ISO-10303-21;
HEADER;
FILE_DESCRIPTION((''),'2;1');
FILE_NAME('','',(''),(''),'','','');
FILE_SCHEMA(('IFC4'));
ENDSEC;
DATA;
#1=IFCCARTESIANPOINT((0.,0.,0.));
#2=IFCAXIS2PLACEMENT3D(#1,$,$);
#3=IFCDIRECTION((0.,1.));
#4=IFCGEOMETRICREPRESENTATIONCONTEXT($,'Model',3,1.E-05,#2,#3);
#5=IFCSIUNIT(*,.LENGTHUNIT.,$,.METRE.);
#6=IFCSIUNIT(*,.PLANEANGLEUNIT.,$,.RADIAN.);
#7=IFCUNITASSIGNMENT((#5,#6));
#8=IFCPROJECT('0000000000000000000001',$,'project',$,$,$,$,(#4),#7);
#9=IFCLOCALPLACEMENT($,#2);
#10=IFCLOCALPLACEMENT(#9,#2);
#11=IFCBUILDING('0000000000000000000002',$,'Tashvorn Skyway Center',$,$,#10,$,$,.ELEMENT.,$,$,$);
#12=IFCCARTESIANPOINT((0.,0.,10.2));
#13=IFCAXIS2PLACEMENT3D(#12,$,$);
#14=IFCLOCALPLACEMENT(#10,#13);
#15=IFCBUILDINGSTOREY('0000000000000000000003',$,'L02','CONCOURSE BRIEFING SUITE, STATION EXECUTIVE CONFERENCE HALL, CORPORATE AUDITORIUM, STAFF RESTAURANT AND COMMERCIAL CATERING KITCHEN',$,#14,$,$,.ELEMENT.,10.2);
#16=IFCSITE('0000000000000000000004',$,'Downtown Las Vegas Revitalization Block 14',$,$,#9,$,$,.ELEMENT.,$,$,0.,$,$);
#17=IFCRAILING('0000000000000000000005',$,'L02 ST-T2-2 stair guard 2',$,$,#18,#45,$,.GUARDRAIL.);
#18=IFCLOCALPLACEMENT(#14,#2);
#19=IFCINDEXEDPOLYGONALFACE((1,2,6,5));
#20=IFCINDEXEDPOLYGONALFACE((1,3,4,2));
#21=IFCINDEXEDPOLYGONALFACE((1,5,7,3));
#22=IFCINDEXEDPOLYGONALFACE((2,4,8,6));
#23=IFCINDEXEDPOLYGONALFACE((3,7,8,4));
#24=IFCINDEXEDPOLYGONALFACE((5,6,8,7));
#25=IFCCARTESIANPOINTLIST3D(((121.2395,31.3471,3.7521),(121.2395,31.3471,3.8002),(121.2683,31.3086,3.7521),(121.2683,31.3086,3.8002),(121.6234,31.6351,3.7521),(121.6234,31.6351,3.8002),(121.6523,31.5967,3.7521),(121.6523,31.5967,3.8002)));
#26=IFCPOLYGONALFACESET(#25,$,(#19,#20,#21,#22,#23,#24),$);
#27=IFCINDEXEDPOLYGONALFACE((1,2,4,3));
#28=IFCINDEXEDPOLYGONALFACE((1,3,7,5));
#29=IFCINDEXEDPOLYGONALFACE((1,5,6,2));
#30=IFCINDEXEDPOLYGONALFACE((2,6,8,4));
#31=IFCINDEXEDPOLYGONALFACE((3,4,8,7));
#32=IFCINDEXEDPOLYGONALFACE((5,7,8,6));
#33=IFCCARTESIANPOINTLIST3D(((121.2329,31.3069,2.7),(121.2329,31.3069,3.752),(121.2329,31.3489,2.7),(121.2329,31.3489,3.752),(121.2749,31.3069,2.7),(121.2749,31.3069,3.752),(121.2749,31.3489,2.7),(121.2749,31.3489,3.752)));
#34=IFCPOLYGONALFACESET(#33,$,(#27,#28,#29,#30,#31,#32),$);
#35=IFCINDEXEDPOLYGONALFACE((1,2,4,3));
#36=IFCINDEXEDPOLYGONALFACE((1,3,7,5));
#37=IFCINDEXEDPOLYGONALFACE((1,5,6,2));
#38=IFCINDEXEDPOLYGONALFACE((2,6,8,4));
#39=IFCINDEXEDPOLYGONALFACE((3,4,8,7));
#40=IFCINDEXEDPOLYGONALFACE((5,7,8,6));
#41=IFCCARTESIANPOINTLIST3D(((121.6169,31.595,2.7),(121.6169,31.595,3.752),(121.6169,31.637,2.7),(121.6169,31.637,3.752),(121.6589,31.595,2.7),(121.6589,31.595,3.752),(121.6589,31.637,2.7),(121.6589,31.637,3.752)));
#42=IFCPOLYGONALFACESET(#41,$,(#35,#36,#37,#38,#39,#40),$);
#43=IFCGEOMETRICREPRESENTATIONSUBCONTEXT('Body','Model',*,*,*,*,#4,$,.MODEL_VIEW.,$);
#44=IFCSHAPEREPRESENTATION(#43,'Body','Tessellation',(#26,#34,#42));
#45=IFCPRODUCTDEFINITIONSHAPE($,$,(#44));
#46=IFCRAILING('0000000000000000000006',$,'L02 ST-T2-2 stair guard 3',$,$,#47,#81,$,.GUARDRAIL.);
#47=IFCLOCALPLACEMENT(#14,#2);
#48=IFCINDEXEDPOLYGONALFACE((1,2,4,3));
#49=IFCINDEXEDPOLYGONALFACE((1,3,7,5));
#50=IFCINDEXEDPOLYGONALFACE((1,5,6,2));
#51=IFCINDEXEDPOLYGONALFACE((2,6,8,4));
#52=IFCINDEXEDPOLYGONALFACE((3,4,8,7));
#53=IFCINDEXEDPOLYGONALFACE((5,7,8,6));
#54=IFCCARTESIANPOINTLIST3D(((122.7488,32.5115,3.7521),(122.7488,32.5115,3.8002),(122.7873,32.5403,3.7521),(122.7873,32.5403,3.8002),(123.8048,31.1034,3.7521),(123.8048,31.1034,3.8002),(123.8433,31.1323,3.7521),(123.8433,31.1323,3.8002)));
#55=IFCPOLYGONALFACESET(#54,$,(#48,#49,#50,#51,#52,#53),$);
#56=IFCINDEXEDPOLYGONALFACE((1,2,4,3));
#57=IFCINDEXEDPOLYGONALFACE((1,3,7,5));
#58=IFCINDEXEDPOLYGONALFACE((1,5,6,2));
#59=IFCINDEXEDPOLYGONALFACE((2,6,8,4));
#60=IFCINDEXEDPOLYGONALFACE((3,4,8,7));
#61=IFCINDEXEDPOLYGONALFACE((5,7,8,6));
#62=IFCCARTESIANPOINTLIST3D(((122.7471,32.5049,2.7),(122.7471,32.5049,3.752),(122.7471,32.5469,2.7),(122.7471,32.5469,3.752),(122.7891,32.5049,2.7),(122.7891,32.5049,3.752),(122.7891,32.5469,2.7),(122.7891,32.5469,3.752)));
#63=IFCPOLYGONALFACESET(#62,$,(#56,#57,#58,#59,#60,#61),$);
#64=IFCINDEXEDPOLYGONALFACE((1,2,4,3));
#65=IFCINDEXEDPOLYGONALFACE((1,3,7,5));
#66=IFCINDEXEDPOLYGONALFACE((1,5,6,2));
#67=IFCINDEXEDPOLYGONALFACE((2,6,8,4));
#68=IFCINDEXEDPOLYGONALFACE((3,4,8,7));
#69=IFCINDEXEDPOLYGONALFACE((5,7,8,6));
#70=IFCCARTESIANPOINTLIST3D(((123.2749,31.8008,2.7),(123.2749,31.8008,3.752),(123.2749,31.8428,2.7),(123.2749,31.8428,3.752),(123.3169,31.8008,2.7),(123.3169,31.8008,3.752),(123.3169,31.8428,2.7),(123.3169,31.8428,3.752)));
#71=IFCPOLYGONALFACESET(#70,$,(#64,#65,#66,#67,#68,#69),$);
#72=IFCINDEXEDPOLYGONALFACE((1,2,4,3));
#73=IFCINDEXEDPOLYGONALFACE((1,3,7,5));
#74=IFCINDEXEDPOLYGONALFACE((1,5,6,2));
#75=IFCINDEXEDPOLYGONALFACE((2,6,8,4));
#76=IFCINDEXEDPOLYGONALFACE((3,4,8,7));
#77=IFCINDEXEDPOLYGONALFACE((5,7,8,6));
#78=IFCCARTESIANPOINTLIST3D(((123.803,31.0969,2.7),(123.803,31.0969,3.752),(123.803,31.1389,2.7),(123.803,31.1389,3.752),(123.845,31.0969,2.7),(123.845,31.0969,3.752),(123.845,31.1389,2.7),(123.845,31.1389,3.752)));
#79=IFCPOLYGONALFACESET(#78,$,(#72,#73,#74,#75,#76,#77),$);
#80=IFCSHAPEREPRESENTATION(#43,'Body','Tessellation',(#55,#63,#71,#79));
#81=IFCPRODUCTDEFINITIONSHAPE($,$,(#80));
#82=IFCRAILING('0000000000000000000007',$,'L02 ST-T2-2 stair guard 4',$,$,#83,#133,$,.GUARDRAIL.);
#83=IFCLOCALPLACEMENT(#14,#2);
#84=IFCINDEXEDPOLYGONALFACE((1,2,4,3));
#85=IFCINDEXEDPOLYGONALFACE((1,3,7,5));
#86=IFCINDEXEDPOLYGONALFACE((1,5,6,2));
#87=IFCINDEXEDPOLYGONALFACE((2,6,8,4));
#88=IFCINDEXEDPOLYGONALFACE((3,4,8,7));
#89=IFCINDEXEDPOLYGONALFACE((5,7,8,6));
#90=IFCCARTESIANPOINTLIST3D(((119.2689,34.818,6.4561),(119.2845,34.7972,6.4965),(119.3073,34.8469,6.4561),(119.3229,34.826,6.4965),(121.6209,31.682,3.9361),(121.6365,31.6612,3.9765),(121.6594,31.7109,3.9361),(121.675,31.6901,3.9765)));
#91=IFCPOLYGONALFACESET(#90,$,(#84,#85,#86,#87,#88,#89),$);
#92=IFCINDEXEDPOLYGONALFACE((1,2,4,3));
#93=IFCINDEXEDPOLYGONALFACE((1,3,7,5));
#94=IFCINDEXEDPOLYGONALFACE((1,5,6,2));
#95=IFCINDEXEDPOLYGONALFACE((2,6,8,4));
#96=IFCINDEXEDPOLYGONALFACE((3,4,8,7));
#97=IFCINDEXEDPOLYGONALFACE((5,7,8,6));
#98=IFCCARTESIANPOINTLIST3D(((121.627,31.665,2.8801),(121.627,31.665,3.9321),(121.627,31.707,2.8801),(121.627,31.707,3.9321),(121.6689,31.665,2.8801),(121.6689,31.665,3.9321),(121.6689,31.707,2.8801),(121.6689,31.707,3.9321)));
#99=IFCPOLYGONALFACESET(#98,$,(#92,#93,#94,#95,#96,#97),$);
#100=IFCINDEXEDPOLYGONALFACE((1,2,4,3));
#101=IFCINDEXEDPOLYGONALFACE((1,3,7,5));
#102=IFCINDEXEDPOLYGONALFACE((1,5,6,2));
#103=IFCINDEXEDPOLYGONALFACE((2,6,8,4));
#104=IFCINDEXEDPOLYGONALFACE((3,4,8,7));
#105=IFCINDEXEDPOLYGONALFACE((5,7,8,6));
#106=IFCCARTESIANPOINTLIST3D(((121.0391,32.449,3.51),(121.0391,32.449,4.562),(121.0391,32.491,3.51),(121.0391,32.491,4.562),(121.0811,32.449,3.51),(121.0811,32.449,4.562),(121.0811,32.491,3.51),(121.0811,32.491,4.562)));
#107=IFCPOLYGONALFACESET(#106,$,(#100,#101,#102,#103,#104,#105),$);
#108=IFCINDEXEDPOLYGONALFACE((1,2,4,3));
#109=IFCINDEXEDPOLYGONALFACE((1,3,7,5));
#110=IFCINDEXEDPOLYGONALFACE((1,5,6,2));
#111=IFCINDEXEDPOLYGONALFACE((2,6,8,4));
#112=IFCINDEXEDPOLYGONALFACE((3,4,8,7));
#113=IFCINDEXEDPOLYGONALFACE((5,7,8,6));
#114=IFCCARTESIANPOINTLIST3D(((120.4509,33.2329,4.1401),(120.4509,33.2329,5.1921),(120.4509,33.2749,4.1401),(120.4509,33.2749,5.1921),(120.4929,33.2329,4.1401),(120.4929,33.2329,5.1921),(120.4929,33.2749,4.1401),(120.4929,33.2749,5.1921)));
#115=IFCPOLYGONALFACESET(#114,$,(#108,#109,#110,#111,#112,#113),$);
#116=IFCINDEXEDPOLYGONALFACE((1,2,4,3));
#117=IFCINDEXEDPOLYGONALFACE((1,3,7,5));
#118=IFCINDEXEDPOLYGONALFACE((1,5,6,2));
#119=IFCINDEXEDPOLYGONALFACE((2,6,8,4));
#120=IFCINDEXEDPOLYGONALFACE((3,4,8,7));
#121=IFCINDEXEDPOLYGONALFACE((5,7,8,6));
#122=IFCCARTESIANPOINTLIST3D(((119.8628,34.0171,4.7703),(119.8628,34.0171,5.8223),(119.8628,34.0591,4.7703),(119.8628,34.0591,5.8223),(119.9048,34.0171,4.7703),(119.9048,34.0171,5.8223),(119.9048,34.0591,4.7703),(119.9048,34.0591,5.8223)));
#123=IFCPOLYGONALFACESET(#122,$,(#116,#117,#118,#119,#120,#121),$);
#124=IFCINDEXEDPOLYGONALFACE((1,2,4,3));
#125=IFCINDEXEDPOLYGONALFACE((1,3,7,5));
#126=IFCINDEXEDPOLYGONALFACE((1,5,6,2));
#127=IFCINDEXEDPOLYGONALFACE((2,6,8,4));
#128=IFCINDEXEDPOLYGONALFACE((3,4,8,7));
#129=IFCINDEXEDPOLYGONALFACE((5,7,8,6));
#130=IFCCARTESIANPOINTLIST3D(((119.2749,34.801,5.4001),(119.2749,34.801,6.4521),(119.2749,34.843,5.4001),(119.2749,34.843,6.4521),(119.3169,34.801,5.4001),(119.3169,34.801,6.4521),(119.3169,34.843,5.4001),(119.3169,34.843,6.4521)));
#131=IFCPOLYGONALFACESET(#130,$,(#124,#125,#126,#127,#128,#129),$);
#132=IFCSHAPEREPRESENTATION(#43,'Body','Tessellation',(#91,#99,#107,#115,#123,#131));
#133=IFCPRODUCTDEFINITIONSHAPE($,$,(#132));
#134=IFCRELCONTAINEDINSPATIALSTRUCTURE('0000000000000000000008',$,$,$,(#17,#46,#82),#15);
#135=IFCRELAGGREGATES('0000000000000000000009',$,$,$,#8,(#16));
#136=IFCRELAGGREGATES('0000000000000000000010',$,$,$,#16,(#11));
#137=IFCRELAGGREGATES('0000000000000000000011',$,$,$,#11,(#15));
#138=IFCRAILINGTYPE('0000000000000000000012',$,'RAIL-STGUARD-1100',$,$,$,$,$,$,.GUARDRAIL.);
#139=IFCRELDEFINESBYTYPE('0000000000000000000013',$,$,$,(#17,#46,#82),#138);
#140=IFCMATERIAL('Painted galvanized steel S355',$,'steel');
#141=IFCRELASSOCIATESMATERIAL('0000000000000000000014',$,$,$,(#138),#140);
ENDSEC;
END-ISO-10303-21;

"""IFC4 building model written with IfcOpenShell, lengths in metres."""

from ifc_helpers import new_model, si_unit, direction, frame, origin, origin_2d, place, context, subcontext, project, spatial, rectangle, extrude, material, type_object, element, save


model = new_model("IFC4")

# Units and contexts
model_context = context("Model", 3, precision=1e-05, world=origin(), true_north=direction((0.0, 1.0)))
body_context = subcontext(model_context, "Body", "Model", "MODEL_VIEW")
ifc_project = project(units=[si_unit("LENGTHUNIT", "METRE"), si_unit("PLANEANGLEUNIT", "RADIAN")], contexts=[model_context])

# Site, building, storey
site_placement = place(None, origin())
site = spatial("IfcSite", under=ifc_project, at=site_placement, Name="Downtown Las Vegas Revitalization Block 14", CompositionType="ELEMENT", RefElevation=0.0)
building_placement = place(site_placement, origin())
building = spatial("IfcBuilding", under=site, at=building_placement, Name="Tashvorn Skyway Center", CompositionType="ELEMENT")
storey_placement = place(building_placement, frame((0.0, 0.0, 10.2)))
storey = spatial("IfcBuildingStorey", under=building, at=storey_placement, Name="L02", Description="CONCOURSE BRIEFING SUITE, STATION EXECUTIVE CONFERENCE HALL, CORPORATE AUDITORIUM, STAFF RESTAURANT AND COMMERCIAL CATERING KITCHEN", CompositionType="ELEMENT", Elevation=10.2)

# Railings
ifc_material_1 = material(Name="Painted galvanized steel S355", Category="steel")
railing_type_1 = type_object("IfcRailingType", Name="RAIL-STGUARD-1100", PredefinedType="GUARDRAIL", material=ifc_material_1)
railing_1_placement = place(storey_placement, frame((121.2539, 31.3279, 2.7)))
element("IfcRailing", 1, at=railing_1_placement, inside=storey, type_object=railing_type_1, Name="L02 ST-T2-2 stair guard 2", PredefinedType="GUARDRAIL", context=body_context, shape_type="SweptSolid", body=[
    extrude(rectangle(XDim=0.0481, YDim=0.0481, at=origin_2d()), frame((0.0, 0.0, 1.0762), z_axis=(0.799939, 0.600081, 0.0), x_axis=(-0.600081, 0.799939, 0.0)), (0.0, 0.0, 1.0), 0.48),
    extrude(rectangle(XDim=0.042, YDim=0.042, at=origin_2d()), origin(), (0.0, 0.0, 1.0), 1.052),
    extrude(rectangle(XDim=0.042, YDim=0.042, at=origin_2d()), frame((0.384, 0.2881, 0.0)), (0.0, 0.0, 1.0), 1.052),
])
railing_2_placement = place(storey_placement, frame((122.7681, 32.5259, 2.7)))
element("IfcRailing", 2, at=railing_2_placement, inside=storey, type_object=railing_type_1, Name="L02 ST-T2-2 stair guard 3", PredefinedType="GUARDRAIL", context=body_context, shape_type="SweptSolid", body=[
    extrude(rectangle(XDim=0.0481, YDim=0.0481, at=origin_2d()), frame((0.0, 0.0, 1.0762), z_axis=(0.599978, -0.800017, 0.0), x_axis=(0.800017, 0.599978, 0.0)), (0.0, 0.0, 1.0), 1.76),
    extrude(rectangle(XDim=0.042, YDim=0.042, at=origin_2d()), origin(), (0.0, 0.0, 1.0), 1.052),
    extrude(rectangle(XDim=0.042, YDim=0.042, at=origin_2d()), frame((0.5278, -0.7041, 0.0)), (0.0, 0.0, 1.0), 1.052),
    extrude(rectangle(XDim=0.042, YDim=0.042, at=origin_2d()), frame((1.0559, -1.408, 0.0)), (0.0, 0.0, 1.0), 1.052),
])
railing_3_placement = place(storey_placement, frame((121.6479, 31.686, 2.8801)))
element("IfcRailing", 3, at=railing_3_placement, inside=storey, type_object=railing_type_1, Name="L02 ST-T2-2 stair guard 4", PredefinedType="GUARDRAIL", context=body_context, shape_type="SweptSolid", body=[
    extrude(rectangle(XDim=0.0481, YDim=0.0481, at=origin_2d()), frame((0.0, 0.0, 1.0762), z_axis=(-0.504715, 0.672936, 0.540759), x_axis=(-0.799993, -0.60001, 0.0)), (0.0, 0.0, 1.0), 4.6602),
    extrude(rectangle(XDim=0.042, YDim=0.042, at=origin_2d()), origin(), (0.0, 0.0, 1.0), 1.052),
    extrude(rectangle(XDim=0.042, YDim=0.042, at=origin_2d()), frame((-0.5879, 0.7839, 0.6299)), (0.0, 0.0, 1.0), 1.052),
    extrude(rectangle(XDim=0.042, YDim=0.042, at=origin_2d()), frame((-1.176, 1.5679, 1.26)), (0.0, 0.0, 1.0), 1.052),
    extrude(rectangle(XDim=0.042, YDim=0.042, at=origin_2d()), frame((-1.7642, 2.3521, 1.8901)), (0.0, 0.0, 1.0), 1.052),
    extrude(rectangle(XDim=0.042, YDim=0.042, at=origin_2d()), frame((-2.3521, 3.136, 2.52)), (0.0, 0.0, 1.0), 1.052),
])

save(model, "model.ifc")
